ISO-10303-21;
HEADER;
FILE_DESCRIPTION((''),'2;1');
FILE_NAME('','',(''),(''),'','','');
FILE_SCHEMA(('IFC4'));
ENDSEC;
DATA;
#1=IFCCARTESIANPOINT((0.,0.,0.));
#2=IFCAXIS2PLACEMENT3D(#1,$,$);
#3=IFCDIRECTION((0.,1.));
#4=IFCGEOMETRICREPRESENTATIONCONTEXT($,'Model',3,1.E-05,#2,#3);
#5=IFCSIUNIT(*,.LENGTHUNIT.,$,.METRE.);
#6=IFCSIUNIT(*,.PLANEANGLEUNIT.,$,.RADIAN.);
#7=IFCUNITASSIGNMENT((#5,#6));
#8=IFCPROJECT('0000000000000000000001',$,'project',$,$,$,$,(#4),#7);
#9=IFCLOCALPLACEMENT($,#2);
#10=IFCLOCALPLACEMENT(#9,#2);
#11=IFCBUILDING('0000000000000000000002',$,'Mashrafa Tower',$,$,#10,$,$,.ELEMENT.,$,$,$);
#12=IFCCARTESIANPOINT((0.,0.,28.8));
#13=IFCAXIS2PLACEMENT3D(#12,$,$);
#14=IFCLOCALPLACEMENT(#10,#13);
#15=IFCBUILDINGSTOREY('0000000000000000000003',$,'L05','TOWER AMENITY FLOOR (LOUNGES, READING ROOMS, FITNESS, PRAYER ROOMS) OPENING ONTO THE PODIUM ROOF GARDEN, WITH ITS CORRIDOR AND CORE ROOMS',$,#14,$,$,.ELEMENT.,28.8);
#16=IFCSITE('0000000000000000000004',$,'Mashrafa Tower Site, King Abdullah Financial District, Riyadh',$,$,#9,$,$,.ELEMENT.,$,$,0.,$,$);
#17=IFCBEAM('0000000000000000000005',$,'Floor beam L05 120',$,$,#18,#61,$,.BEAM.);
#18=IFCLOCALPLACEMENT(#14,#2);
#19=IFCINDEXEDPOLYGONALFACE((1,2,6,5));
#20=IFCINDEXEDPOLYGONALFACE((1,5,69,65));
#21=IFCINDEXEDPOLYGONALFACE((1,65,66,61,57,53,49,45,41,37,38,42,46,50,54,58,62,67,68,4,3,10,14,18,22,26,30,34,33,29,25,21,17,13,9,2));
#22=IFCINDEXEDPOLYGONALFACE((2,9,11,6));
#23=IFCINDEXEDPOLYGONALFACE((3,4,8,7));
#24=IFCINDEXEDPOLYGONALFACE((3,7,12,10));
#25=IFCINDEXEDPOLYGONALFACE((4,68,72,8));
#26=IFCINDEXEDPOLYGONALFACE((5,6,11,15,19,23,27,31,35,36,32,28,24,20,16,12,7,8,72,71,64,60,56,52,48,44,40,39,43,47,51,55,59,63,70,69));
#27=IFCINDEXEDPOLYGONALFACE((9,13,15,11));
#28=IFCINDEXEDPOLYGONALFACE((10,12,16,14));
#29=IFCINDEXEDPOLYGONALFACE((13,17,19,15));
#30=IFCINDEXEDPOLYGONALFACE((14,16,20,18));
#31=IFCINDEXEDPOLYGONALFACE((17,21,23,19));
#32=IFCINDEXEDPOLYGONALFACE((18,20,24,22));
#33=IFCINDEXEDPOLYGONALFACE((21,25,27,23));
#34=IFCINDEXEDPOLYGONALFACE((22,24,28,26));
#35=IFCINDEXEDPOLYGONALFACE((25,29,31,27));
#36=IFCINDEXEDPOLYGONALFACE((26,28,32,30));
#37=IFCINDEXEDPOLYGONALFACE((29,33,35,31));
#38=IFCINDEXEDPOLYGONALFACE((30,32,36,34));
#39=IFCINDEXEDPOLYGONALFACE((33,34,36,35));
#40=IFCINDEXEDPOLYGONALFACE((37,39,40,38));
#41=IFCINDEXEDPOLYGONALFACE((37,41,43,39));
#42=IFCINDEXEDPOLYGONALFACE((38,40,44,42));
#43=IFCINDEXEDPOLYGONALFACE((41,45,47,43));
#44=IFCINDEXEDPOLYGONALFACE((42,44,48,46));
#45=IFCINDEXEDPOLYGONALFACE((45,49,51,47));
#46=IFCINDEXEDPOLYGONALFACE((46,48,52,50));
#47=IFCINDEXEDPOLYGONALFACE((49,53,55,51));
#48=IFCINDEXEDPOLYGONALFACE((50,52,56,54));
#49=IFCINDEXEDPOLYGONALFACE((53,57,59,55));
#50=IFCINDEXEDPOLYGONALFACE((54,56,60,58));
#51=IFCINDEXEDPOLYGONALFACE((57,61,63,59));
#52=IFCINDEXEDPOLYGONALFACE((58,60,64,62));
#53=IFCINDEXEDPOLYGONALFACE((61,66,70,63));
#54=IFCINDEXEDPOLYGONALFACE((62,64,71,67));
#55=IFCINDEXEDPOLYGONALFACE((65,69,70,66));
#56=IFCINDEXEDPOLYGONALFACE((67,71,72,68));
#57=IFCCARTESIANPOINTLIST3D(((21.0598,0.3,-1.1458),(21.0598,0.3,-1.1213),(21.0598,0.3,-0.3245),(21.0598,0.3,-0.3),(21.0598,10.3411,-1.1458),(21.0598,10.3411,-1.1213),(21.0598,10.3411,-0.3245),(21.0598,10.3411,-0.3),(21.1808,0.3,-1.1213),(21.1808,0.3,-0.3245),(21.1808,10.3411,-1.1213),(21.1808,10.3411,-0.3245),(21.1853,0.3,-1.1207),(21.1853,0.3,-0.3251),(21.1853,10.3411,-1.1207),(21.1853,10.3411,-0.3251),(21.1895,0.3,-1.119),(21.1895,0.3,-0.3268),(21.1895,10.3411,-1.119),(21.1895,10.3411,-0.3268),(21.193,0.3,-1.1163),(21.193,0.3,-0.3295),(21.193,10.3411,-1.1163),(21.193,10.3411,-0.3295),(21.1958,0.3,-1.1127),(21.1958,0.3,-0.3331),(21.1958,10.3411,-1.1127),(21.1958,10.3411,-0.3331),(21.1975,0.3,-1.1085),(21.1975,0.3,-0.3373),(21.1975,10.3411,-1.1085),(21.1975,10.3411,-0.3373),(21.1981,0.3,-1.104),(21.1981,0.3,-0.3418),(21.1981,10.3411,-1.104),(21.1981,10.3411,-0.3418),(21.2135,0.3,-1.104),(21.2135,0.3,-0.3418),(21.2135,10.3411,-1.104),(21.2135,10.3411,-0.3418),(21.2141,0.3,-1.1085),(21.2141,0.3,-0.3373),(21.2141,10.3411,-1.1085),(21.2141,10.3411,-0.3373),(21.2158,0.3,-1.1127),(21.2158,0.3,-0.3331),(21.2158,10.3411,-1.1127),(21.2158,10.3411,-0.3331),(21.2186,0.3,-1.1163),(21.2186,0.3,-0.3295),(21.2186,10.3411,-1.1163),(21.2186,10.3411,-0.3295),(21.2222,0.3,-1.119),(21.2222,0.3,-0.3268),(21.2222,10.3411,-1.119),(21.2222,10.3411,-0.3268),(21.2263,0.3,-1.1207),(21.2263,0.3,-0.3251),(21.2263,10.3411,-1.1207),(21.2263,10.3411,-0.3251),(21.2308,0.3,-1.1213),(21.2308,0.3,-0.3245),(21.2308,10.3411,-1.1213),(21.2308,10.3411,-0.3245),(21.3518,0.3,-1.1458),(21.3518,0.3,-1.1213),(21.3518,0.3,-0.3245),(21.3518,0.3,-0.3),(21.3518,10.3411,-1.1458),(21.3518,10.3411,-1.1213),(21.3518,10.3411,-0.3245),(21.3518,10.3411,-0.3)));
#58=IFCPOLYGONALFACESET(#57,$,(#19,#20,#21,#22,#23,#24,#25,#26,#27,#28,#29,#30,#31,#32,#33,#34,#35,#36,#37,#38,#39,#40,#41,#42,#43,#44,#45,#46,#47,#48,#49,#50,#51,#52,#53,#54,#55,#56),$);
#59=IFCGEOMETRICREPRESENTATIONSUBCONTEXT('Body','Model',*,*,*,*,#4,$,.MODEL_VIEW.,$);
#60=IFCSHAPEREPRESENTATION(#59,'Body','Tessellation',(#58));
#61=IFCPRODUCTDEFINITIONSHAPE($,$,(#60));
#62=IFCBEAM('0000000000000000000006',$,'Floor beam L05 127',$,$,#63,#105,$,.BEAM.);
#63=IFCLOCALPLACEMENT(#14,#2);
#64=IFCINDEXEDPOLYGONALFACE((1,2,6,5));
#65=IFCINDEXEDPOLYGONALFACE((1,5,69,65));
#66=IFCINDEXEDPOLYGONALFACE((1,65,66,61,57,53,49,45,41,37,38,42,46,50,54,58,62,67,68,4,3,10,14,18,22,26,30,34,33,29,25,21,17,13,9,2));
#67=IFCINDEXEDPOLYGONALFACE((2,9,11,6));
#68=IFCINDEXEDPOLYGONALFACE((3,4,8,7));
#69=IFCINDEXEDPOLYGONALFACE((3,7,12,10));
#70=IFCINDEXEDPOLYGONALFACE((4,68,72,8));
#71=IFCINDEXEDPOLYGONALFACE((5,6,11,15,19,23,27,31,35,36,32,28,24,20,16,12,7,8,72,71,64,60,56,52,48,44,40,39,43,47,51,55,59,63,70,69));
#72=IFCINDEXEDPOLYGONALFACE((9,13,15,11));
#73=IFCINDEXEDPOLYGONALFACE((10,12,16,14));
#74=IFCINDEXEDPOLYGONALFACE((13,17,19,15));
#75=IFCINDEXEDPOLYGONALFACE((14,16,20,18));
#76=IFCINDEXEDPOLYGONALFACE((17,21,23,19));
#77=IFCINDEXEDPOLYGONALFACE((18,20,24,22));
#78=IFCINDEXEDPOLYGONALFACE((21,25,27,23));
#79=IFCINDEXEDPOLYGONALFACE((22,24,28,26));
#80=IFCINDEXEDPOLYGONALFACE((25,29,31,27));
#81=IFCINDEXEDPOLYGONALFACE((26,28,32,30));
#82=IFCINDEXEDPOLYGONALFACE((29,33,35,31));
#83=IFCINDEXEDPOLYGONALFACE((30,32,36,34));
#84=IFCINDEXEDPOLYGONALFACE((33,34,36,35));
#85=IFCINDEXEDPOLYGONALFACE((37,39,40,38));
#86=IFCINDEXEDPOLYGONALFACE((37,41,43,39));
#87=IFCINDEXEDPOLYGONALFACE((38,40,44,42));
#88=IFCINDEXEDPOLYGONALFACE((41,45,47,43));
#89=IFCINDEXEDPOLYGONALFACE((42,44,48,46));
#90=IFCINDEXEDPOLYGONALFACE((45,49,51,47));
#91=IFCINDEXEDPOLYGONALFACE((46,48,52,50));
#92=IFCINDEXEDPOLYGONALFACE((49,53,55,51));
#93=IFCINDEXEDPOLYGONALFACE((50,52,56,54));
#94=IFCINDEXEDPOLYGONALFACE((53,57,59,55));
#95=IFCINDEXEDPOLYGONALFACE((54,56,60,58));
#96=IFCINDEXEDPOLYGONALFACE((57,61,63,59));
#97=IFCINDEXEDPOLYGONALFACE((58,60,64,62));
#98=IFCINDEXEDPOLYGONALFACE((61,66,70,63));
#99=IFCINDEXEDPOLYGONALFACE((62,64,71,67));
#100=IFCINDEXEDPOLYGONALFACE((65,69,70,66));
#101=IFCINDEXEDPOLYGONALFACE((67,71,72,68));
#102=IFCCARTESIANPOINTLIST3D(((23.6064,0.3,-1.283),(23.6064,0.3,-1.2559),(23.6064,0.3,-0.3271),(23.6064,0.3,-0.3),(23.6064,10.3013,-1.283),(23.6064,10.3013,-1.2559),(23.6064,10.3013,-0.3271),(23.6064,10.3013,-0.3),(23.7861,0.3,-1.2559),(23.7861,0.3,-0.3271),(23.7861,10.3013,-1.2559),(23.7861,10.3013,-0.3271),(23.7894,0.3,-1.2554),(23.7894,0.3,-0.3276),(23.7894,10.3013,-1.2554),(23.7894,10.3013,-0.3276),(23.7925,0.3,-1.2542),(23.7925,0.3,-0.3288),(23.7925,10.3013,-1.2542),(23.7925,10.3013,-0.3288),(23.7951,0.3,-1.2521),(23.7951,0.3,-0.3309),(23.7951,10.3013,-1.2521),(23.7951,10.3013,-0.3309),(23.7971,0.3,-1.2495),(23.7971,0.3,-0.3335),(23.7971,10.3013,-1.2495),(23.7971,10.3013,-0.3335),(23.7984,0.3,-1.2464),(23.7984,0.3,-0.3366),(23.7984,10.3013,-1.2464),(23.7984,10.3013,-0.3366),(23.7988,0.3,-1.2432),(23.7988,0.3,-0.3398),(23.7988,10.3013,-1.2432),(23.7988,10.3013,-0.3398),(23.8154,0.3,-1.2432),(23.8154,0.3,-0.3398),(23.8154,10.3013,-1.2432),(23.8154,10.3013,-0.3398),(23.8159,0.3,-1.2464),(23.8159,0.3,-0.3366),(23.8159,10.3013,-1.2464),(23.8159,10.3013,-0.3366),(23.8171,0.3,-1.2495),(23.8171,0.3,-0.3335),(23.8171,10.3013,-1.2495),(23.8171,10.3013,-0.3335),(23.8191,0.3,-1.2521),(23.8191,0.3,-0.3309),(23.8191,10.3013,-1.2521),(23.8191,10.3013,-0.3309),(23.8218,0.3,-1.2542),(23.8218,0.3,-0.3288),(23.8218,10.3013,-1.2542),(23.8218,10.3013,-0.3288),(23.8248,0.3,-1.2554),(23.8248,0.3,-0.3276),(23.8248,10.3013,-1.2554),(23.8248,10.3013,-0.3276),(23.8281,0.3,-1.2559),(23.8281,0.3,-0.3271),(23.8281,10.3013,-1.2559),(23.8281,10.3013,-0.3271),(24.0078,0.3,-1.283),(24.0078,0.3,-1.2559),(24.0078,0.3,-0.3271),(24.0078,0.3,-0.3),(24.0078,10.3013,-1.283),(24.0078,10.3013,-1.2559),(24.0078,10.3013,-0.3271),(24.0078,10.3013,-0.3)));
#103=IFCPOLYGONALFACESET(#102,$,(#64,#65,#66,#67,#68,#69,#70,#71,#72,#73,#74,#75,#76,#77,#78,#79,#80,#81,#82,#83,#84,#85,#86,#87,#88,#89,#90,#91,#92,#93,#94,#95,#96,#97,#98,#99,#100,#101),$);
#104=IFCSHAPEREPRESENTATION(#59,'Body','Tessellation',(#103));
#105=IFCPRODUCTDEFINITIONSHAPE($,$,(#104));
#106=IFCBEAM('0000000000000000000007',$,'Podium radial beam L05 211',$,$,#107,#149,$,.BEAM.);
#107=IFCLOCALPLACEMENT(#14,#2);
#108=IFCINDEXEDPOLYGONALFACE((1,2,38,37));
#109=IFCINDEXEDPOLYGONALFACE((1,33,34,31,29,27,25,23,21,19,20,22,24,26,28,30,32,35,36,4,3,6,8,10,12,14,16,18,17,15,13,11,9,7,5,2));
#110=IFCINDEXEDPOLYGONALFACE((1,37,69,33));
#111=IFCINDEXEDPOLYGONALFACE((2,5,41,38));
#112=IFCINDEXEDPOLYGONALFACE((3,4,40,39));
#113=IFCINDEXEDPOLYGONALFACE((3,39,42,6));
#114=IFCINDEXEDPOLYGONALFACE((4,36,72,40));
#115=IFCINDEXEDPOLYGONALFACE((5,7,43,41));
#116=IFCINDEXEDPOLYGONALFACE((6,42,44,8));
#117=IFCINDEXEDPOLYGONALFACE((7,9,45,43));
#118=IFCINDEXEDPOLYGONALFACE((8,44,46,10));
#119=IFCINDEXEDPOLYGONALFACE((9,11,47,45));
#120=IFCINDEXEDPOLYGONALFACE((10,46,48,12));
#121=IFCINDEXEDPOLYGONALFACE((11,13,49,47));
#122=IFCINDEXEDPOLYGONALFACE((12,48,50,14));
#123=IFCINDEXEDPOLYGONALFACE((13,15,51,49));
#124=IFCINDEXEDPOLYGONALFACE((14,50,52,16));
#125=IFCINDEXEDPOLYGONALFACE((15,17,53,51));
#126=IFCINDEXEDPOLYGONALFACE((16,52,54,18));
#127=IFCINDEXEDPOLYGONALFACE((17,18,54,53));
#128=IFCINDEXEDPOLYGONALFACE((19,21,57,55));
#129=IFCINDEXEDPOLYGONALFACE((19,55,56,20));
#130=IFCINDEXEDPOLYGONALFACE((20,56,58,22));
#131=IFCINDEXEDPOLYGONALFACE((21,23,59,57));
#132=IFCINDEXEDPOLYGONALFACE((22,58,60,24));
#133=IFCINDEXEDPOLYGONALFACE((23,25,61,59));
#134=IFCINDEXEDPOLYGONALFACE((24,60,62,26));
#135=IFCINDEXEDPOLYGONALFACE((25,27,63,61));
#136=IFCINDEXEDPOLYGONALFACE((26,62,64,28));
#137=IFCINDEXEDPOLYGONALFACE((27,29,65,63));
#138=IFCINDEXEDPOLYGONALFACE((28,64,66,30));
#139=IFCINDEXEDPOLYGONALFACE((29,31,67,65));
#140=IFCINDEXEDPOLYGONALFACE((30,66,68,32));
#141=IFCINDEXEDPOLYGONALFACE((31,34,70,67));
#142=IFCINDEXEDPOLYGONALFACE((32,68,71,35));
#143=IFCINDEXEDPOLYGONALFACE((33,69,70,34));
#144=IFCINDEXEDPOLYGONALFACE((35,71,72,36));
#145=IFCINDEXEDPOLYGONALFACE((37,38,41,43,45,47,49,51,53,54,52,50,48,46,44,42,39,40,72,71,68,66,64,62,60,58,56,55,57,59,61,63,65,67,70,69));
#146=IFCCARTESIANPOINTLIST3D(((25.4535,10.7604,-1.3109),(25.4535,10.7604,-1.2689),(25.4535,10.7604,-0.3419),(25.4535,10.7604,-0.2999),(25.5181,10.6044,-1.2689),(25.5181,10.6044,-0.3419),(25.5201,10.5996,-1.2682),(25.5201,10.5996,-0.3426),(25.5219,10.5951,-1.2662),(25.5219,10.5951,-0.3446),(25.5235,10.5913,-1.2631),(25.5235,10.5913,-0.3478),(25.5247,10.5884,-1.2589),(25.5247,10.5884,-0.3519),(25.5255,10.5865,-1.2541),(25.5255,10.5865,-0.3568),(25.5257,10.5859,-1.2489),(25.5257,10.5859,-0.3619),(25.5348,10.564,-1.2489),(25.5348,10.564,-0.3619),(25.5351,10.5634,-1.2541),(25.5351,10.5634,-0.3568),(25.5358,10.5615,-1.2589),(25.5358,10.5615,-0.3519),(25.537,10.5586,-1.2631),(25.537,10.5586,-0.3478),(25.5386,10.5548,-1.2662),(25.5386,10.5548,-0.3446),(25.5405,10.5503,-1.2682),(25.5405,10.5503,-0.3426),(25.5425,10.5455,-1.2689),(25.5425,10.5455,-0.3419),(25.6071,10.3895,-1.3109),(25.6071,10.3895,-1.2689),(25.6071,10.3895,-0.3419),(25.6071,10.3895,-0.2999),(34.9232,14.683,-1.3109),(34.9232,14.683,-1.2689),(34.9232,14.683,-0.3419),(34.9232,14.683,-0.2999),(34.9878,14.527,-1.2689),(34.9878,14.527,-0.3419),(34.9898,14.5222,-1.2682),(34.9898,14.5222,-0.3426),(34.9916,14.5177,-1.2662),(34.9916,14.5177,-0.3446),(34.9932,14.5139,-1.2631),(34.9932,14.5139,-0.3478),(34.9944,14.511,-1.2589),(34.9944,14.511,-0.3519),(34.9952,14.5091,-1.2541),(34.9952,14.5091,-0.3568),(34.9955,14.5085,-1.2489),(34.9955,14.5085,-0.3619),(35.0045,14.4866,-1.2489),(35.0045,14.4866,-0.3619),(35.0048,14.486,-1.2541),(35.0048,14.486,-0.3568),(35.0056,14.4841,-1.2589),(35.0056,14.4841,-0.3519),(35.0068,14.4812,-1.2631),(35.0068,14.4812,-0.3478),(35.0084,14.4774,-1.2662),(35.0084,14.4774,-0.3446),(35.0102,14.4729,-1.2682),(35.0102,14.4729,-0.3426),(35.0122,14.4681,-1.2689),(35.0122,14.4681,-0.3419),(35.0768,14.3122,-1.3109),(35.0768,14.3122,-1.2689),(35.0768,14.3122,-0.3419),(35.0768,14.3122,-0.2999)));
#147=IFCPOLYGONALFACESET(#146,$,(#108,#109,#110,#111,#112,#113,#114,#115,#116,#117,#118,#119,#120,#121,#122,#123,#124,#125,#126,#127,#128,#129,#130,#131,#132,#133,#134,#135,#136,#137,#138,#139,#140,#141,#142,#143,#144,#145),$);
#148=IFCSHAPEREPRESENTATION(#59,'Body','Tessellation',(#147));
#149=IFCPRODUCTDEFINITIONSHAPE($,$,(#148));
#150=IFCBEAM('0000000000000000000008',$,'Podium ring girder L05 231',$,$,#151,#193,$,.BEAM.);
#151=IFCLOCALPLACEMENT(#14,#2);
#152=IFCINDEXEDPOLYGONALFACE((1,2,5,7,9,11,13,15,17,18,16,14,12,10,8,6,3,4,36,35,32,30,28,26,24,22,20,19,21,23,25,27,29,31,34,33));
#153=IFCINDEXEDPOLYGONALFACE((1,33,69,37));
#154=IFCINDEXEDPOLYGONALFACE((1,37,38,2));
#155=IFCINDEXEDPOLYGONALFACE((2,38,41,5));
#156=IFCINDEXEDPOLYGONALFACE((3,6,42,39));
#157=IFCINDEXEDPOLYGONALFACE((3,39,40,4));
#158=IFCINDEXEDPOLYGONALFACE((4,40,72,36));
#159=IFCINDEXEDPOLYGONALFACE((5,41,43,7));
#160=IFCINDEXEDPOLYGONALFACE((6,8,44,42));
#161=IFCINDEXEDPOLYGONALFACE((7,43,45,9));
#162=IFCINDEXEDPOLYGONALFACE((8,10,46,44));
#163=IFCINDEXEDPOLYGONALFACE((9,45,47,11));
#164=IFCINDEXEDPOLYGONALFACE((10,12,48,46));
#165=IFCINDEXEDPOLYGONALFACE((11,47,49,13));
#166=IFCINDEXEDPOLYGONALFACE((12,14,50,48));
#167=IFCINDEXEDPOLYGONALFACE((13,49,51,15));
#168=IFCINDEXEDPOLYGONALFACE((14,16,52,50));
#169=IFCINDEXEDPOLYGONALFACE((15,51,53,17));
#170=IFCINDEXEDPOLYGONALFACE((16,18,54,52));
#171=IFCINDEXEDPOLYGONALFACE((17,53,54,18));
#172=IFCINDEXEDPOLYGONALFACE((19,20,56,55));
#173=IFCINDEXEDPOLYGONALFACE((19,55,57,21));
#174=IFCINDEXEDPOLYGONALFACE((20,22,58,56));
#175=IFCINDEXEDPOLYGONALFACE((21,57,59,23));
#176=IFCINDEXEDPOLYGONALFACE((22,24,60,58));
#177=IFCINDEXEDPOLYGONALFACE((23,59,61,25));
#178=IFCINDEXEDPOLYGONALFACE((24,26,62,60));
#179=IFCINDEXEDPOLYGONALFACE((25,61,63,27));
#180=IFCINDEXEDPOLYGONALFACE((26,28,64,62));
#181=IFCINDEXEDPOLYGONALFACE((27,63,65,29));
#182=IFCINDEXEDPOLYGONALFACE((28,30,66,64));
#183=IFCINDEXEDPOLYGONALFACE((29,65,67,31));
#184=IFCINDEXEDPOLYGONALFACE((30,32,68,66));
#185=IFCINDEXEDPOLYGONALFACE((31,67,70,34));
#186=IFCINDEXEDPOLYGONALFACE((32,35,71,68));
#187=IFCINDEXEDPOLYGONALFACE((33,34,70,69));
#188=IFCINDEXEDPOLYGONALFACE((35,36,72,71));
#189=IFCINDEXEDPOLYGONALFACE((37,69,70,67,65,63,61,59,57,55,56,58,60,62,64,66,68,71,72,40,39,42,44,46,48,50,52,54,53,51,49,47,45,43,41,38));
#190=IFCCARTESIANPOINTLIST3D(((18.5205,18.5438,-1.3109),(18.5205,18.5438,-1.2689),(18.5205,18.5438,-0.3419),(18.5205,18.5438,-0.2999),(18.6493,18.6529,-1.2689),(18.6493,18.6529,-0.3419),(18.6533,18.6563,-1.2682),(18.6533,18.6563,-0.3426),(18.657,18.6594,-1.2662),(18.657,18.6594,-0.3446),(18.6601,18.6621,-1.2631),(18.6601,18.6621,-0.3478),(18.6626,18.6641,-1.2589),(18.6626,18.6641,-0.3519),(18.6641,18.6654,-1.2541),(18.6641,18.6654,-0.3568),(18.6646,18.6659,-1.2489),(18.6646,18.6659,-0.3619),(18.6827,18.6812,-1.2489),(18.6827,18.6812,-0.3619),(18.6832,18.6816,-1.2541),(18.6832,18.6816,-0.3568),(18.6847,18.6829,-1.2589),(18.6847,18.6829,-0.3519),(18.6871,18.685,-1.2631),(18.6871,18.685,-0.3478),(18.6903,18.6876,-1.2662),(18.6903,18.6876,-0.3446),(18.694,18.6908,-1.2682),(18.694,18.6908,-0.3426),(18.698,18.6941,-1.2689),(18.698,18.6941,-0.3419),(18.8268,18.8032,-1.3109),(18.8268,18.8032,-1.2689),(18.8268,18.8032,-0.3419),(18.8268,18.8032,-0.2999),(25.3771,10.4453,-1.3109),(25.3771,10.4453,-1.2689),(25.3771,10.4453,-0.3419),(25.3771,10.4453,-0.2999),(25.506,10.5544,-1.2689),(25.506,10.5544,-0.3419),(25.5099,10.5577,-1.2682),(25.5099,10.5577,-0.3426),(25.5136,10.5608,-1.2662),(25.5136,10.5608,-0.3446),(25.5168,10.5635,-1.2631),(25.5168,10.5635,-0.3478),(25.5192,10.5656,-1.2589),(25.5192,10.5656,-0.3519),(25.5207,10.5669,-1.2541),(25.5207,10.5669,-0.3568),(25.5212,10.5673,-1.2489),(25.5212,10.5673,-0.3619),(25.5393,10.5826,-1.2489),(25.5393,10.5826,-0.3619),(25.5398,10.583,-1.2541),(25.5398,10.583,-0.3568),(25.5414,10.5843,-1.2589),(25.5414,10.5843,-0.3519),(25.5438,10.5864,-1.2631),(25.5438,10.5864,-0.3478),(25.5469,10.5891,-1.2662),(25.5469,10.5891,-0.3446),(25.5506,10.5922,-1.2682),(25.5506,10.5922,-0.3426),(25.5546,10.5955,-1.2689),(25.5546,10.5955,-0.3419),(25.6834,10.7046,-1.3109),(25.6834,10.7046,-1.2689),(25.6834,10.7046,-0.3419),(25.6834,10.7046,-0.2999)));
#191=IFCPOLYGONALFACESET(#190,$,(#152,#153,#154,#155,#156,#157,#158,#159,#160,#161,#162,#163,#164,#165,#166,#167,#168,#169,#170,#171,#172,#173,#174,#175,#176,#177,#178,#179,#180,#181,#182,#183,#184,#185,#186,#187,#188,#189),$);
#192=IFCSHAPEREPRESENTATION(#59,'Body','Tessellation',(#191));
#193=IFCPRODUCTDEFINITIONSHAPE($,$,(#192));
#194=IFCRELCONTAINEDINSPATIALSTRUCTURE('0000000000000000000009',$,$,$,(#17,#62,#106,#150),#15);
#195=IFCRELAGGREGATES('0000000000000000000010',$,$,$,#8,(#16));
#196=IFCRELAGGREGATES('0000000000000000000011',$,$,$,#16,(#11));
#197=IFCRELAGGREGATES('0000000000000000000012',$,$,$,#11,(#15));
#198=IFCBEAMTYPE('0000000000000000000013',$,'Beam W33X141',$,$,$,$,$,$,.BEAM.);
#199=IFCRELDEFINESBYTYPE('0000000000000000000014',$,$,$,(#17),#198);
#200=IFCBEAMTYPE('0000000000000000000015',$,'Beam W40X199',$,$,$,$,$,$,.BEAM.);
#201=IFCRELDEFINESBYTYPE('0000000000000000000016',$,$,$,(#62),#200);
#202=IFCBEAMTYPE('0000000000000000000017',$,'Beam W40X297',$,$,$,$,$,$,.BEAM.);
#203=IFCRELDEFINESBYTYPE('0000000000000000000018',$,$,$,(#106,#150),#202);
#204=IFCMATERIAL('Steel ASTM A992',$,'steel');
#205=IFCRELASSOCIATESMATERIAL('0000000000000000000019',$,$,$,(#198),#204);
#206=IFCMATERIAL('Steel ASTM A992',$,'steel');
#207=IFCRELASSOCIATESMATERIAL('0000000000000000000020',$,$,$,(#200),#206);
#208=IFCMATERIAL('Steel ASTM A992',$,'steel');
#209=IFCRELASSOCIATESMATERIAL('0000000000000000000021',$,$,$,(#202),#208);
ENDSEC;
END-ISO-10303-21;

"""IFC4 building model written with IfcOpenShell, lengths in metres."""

from ifc_helpers import new_model, si_unit, direction, frame, origin, origin_2d, place, context, subcontext, project, spatial, i_section, extrude, material, material_profile, profile_set, type_object, element, save


model = new_model("IFC4")

# Units and contexts
model_context = context("Model", 3, precision=1e-05, world=origin(), true_north=direction((0.0, 1.0)))
body_context = subcontext(model_context, "Body", "Model", "MODEL_VIEW")
ifc_project = project(units=[si_unit("LENGTHUNIT", "METRE"), si_unit("PLANEANGLEUNIT", "RADIAN")], contexts=[model_context])

# Site, building, storey
site_placement = place(None, origin())
site = spatial("IfcSite", under=ifc_project, at=site_placement, Name="Mashrafa Tower Site, King Abdullah Financial District, Riyadh", CompositionType="ELEMENT", RefElevation=0.0)
building_placement = place(site_placement, origin())
building = spatial("IfcBuilding", under=site, at=building_placement, Name="Mashrafa Tower", CompositionType="ELEMENT")
storey_placement = place(building_placement, frame((0.0, 0.0, 28.8)))
storey = spatial("IfcBuildingStorey", under=building, at=storey_placement, Name="L05", Description="TOWER AMENITY FLOOR (LOUNGES, READING ROOMS, FITNESS, PRAYER ROOMS) OPENING ONTO THE PODIUM ROOF GARDEN, WITH ITS CORRIDOR AND CORE ROOMS", CompositionType="ELEMENT", Elevation=28.8)

# Beams
ifc_material_1 = material(Name="Steel ASTM A992", Category="steel")
ifc_material_profile_1 = material_profile(ifc_material_1, i_section(OverallWidth=0.292, OverallDepth=0.8457, WebThickness=0.0154, FlangeThickness=0.0244, FilletRadius=0.0173, at=origin_2d()), Name="W33X141")
ifc_profile_set_1 = profile_set([ifc_material_profile_1], Name="Steel ASTM A992")
beam_type_1 = type_object("IfcBeamType", Name="Beam W33X141", PredefinedType="BEAM", material=ifc_profile_set_1)
beam_1_placement = place(storey_placement, frame((21.2058, 10.3411, -0.7229), z_axis=(0.0, -1.0, 0.0), x_axis=(1.0, 0.0, 0.0)))
element("IfcBeam", 1, at=beam_1_placement, inside=storey, type_object=beam_type_1, Name="Floor beam L05 120", PredefinedType="BEAM", context=body_context, shape_type="SweptSolid", body=[
    extrude(i_section(OverallWidth=0.292, OverallDepth=0.8457, WebThickness=0.0154, FlangeThickness=0.0244, FilletRadius=0.0173, at=origin_2d()), origin(), (0.0, 0.0, 1.0), 10.041),
])
ifc_material_2 = material(Name="Steel ASTM A992", Category="steel")
ifc_material_profile_2 = material_profile(ifc_material_2, i_section(OverallWidth=0.4014, OverallDepth=0.9829, WebThickness=0.0166, FlangeThickness=0.0271, FilletRadius=0.0127, at=origin_2d()), Name="W40X199")
ifc_profile_set_2 = profile_set([ifc_material_profile_2], Name="Steel ASTM A992")
beam_type_2 = type_object("IfcBeamType", Name="Beam W40X199", PredefinedType="BEAM", material=ifc_profile_set_2)
beam_2_placement = place(storey_placement, frame((23.8071, 10.3013, -0.7915), z_axis=(0.0, -1.0, 0.0), x_axis=(1.0, 0.0, 0.0)))
element("IfcBeam", 2, at=beam_2_placement, inside=storey, type_object=beam_type_2, Name="Floor beam L05 127", PredefinedType="BEAM", context=body_context, shape_type="SweptSolid", body=[
    extrude(i_section(OverallWidth=0.4014, OverallDepth=0.9829, WebThickness=0.0166, FlangeThickness=0.0271, FilletRadius=0.0127, at=origin_2d()), origin(), (0.0, 0.0, 1.0), 10.0012),
])
ifc_material_3 = material(Name="Steel ASTM A992", Category="steel")
ifc_material_profile_3 = material_profile(ifc_material_3, i_section(OverallWidth=0.4014, OverallDepth=1.011, WebThickness=0.0237, FlangeThickness=0.042, FilletRadius=0.02, at=origin_2d()), Name="W40X297")
ifc_profile_set_3 = profile_set([ifc_material_profile_3], Name="Steel ASTM A992")
beam_type_3 = type_object("IfcBeamType", Name="Beam W40X297", PredefinedType="BEAM", material=ifc_profile_set_3)
beam_3_placement = place(storey_placement, frame((25.5303, 10.575, -0.8054), z_axis=(0.923875, 0.382693, 0.0), x_axis=(-0.382693, 0.923875, 0.0)))
element("IfcBeam", 3, at=beam_3_placement, inside=storey, type_object=beam_type_3, Name="Podium radial beam L05 211", PredefinedType="BEAM", context=body_context, shape_type="SweptSolid", body=[
    extrude(i_section(OverallWidth=0.4014, OverallDepth=1.011, WebThickness=0.0237, FlangeThickness=0.042, FilletRadius=0.02, at=origin_2d()), origin(), (0.0, 0.0, 1.0), 10.25),
])
for number, where, z_axis, x_axis, name in (
    (4, (25.5303, 10.575, -0.8054), (-0.646162, 0.7632, 0.0), (-0.7632, -0.646162, 0.0), "Podium ring girder L05 231"),
):
    element("IfcBeam", number, at=place(storey_placement, frame(where, z_axis=z_axis, x_axis=x_axis)), inside=storey, type_object=beam_type_3, Name=name, PredefinedType="BEAM", context=body_context, shape_type="SweptSolid", body=[
        extrude(i_section(OverallWidth=0.4014, OverallDepth=1.011, WebThickness=0.0237, FlangeThickness=0.042, FilletRadius=0.02, at=origin_2d()), origin(), (0.0, 0.0, 1.0), 10.6113),
    ])

save(model, "model.ifc")
